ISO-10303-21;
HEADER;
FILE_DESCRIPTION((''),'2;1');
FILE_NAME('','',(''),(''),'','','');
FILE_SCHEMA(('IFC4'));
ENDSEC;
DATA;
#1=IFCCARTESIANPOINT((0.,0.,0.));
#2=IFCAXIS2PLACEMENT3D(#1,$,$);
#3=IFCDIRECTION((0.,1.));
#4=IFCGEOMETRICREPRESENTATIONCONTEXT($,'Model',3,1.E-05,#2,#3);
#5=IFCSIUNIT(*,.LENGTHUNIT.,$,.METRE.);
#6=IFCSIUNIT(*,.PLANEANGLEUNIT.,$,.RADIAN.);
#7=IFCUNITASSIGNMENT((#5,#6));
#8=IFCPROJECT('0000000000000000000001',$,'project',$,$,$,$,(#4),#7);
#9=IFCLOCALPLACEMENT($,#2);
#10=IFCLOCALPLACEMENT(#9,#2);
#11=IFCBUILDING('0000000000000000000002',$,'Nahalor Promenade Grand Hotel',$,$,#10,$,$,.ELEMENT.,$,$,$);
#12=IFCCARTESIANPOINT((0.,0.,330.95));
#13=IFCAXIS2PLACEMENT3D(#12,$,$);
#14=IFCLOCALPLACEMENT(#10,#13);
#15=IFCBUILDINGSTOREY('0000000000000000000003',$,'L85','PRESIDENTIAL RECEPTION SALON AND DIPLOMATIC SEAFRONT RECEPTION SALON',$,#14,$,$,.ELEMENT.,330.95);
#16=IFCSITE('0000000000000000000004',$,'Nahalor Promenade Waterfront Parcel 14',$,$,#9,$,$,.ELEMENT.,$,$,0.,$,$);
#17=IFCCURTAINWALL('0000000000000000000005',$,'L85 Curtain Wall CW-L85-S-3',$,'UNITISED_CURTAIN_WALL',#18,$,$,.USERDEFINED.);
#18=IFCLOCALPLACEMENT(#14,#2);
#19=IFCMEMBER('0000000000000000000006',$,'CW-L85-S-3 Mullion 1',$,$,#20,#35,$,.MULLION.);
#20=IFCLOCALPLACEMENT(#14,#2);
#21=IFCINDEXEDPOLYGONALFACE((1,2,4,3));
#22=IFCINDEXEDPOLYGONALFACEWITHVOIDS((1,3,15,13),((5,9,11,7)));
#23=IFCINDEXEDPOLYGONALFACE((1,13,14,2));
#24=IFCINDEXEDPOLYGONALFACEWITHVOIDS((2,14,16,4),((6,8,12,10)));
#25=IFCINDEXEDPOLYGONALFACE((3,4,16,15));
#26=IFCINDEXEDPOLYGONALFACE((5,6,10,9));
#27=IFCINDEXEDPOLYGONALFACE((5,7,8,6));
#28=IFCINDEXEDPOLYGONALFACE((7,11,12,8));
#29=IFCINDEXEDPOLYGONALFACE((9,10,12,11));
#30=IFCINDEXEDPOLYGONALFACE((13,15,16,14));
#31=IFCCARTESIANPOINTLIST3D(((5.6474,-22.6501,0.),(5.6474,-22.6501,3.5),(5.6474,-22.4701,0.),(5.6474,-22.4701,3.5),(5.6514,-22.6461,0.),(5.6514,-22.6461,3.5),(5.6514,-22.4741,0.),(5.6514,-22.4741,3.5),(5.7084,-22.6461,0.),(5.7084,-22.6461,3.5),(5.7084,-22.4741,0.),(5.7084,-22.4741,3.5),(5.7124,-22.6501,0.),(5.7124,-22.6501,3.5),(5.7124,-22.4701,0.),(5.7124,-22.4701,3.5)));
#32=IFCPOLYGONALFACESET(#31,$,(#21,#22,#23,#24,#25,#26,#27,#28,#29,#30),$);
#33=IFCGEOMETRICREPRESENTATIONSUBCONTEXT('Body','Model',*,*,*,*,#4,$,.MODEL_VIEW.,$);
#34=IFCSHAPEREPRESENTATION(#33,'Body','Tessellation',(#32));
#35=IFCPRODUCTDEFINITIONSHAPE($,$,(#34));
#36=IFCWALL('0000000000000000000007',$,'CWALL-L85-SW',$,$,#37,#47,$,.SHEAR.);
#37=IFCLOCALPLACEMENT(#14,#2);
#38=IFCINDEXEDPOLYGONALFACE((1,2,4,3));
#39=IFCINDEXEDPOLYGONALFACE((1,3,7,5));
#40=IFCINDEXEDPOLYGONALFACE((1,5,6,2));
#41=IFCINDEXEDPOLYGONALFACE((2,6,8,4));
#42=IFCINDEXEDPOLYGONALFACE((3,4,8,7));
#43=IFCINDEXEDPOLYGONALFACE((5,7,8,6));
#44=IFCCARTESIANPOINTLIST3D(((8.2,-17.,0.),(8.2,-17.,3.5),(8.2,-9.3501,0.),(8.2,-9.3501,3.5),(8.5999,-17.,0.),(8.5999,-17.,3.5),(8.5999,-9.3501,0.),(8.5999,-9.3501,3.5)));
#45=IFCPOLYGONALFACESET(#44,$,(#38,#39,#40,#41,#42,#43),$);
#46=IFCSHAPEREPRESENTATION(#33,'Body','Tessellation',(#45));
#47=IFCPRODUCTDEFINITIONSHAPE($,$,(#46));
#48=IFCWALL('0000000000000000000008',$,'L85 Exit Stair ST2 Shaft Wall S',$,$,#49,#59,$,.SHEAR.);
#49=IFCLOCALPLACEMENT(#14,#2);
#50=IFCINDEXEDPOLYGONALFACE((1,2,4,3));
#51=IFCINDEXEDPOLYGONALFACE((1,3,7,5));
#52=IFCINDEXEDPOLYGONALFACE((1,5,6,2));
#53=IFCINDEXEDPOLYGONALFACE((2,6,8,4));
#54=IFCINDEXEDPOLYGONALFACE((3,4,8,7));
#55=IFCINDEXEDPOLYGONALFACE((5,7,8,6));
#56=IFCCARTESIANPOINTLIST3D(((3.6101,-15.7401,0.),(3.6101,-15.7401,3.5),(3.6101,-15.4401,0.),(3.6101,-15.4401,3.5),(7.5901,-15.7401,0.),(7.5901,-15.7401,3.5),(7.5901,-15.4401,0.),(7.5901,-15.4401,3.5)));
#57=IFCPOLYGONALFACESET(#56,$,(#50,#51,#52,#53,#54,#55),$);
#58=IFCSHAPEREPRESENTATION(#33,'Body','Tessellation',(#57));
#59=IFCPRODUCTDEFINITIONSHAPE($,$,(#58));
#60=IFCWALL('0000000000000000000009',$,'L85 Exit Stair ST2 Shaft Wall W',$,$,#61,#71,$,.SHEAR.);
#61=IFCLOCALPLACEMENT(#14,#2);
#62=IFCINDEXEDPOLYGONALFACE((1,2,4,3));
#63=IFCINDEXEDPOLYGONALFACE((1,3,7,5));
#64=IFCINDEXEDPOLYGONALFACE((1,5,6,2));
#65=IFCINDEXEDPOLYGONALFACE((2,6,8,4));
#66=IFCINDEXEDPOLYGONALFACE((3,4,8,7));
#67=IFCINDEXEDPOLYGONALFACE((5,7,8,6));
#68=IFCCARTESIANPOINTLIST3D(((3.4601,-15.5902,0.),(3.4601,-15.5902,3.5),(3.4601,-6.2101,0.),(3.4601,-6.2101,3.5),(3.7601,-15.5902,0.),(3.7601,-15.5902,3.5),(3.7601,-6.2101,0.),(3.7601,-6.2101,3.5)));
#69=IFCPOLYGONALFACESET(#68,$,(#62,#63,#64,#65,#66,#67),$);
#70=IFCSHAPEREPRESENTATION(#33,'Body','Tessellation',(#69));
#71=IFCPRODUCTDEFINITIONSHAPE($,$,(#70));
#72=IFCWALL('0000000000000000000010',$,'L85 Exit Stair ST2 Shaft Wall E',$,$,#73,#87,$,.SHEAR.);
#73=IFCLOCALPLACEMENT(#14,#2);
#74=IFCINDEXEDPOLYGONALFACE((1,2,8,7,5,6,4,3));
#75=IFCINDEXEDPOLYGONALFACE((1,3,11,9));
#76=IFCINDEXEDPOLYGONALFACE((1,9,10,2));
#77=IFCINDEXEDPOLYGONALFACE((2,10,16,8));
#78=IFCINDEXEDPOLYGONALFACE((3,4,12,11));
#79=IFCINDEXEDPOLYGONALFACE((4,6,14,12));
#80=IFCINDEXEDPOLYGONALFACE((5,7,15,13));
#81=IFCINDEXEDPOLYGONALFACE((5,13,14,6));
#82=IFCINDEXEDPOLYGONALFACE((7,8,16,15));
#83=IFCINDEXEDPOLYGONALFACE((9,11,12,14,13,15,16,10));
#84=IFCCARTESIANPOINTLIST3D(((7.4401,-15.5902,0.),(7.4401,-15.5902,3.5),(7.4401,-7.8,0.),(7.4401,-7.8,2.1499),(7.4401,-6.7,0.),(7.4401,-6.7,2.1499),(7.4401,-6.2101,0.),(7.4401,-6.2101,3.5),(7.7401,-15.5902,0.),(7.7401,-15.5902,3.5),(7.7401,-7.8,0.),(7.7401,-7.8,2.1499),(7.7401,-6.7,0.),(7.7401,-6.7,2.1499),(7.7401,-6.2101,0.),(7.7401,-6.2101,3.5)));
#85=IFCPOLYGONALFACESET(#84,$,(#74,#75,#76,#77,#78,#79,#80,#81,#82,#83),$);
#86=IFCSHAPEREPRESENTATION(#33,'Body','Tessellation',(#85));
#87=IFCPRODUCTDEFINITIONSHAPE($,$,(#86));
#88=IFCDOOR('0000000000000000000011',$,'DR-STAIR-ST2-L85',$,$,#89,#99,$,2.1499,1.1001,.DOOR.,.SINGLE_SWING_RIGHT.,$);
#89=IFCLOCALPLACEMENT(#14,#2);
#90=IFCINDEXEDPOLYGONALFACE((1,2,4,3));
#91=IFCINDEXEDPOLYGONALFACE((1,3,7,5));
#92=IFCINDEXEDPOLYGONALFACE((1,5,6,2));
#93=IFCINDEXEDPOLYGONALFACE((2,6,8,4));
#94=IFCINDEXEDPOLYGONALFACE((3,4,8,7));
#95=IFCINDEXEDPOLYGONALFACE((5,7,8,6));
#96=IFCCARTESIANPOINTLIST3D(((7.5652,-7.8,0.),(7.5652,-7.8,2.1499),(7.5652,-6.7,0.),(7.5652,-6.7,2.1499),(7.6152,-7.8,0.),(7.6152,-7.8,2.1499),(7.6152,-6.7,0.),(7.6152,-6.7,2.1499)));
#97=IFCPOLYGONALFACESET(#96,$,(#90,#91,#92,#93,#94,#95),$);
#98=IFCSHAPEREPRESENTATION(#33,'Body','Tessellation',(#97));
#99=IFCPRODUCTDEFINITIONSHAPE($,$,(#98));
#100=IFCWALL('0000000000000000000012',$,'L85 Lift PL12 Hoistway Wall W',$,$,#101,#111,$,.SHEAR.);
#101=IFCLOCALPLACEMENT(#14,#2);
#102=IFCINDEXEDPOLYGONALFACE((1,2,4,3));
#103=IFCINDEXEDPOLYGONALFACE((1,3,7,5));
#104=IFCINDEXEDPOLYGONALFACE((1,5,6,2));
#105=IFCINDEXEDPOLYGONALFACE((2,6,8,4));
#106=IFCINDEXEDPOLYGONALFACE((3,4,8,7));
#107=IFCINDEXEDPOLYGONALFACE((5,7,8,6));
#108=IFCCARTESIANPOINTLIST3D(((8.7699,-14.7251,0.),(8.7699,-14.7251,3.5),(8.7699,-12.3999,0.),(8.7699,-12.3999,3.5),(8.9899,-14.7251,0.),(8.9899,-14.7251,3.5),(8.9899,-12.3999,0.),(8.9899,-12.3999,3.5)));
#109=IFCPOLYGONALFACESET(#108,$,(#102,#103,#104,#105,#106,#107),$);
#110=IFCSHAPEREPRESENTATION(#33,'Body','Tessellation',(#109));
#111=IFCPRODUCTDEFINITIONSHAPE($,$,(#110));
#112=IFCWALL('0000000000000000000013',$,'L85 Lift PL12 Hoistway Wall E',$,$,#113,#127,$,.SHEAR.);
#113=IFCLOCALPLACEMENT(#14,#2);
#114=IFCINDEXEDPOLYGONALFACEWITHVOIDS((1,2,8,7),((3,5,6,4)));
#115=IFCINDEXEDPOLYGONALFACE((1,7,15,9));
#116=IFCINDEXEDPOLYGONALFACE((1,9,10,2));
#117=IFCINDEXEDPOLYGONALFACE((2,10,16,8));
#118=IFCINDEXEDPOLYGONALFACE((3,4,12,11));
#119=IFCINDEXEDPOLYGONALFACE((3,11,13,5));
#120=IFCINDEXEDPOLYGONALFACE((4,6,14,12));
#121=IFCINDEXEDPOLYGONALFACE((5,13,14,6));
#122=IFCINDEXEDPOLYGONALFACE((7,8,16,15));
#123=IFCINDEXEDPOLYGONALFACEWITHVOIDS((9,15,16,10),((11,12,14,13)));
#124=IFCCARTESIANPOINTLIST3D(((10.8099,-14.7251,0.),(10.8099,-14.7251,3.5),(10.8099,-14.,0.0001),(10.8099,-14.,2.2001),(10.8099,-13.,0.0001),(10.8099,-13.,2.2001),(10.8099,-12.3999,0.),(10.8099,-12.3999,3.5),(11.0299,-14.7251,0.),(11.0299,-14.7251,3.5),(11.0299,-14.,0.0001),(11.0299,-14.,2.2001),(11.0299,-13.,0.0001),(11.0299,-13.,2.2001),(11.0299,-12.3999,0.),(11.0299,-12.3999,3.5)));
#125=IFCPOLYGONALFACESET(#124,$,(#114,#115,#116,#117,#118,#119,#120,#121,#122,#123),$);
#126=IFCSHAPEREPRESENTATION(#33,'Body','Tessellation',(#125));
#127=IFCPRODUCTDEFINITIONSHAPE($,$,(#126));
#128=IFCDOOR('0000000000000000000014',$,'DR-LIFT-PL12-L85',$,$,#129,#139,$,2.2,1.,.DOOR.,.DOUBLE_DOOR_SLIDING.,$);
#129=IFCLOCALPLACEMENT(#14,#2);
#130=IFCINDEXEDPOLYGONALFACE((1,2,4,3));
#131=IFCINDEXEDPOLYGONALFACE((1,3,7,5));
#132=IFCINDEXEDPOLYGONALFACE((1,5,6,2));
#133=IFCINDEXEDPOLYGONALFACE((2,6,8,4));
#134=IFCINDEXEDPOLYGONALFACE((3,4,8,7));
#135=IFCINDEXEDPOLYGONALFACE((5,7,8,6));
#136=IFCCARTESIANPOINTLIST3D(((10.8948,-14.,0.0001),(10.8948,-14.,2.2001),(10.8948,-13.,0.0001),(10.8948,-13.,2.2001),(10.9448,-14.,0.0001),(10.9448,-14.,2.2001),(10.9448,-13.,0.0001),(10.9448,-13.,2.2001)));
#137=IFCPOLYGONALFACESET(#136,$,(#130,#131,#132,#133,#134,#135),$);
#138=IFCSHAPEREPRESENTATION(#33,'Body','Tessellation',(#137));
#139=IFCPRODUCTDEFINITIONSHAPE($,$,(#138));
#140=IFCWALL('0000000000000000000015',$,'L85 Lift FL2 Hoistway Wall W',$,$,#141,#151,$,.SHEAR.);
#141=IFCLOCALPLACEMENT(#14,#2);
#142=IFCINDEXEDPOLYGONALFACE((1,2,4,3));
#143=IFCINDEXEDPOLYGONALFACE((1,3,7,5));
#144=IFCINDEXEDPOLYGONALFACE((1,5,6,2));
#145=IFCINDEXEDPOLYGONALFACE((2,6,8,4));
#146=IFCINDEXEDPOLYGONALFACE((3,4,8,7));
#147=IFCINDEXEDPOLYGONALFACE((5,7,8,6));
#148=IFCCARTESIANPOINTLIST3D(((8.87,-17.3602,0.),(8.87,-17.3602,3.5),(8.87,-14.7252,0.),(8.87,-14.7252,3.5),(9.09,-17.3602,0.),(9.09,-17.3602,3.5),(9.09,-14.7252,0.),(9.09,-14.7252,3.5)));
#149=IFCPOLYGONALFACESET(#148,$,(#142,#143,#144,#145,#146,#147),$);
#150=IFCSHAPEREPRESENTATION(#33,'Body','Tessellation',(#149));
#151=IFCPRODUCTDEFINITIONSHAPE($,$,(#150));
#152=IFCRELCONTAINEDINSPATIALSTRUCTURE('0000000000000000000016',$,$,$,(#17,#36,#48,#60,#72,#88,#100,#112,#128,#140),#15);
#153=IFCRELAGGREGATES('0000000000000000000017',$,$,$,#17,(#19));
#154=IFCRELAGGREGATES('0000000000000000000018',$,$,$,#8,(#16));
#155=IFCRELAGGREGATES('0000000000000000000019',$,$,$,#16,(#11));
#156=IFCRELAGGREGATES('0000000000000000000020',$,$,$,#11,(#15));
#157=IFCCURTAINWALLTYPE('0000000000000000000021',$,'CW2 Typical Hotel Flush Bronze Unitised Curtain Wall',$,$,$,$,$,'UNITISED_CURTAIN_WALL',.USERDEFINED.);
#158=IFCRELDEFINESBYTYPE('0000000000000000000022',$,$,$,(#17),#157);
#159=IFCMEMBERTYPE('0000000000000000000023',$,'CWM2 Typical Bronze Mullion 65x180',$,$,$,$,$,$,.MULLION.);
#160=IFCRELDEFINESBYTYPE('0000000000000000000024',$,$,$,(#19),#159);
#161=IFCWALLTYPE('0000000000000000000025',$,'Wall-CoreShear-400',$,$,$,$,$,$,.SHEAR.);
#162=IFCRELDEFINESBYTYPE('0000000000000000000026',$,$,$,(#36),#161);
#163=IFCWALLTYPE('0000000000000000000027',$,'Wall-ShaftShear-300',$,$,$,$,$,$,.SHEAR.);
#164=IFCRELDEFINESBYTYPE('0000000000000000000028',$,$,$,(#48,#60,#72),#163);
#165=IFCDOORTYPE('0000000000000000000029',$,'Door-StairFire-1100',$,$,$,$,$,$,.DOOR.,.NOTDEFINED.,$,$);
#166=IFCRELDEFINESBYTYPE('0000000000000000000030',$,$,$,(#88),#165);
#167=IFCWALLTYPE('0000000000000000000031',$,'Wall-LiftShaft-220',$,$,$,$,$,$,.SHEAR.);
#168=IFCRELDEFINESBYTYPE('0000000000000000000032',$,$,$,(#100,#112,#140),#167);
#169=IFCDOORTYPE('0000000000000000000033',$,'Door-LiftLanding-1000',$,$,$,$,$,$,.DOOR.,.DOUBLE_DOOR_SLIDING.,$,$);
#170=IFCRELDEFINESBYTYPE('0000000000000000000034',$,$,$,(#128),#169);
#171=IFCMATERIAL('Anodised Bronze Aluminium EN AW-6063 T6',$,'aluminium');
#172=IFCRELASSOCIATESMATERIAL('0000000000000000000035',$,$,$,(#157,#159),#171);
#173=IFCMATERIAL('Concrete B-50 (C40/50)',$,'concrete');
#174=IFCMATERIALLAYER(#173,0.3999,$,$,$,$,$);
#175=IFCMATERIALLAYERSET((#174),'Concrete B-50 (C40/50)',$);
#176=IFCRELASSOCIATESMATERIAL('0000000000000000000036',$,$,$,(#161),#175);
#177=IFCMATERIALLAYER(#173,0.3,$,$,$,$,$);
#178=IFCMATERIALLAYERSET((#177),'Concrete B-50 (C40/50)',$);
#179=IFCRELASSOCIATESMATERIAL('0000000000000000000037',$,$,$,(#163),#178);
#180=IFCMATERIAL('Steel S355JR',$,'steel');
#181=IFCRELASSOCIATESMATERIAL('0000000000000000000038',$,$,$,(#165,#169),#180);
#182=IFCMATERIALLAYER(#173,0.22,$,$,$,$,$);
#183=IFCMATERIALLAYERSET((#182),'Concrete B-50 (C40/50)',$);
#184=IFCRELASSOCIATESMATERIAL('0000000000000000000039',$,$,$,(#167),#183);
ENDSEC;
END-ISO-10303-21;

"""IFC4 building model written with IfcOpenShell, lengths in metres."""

from ifc_helpers import new_model, si_unit, direction, frame, frame_2d, origin, origin_2d, place, context, subcontext, project, spatial, rectangle, hollow_rectangle, extrude, source, transform, mapped, material, layer, layer_set, material_profile, profile_set, type_object, element, fill, aggregate, save


model = new_model("IFC4")

# Units and contexts
model_context = context("Model", 3, precision=1e-05, world=origin(), true_north=direction((0.0, 1.0)))
body_context = subcontext(model_context, "Body", "Model", "MODEL_VIEW")
ifc_project = project(units=[si_unit("LENGTHUNIT", "METRE"), si_unit("PLANEANGLEUNIT", "RADIAN")], contexts=[model_context])

# Site, building, storey
site_placement = place(None, origin())
site = spatial("IfcSite", under=ifc_project, at=site_placement, Name="Nahalor Promenade Waterfront Parcel 14", CompositionType="ELEMENT", RefElevation=0.0)
building_placement = place(site_placement, origin())
building = spatial("IfcBuilding", under=site, at=building_placement, Name="Nahalor Promenade Grand Hotel", CompositionType="ELEMENT")
storey_placement = place(building_placement, frame((0.0, 0.0, 330.95)))
storey = spatial("IfcBuildingStorey", under=building, at=storey_placement, Name="L85", Description="PRESIDENTIAL RECEPTION SALON AND DIPLOMATIC SEAFRONT RECEPTION SALON", CompositionType="ELEMENT", Elevation=330.95)

# Shared definitions
ifc_material_1 = material(Name="Concrete B-50 (C40/50)", Category="concrete")
ifc_material_2 = material(Name="Steel S355JR", Category="steel")

# Curtain wall, member
ifc_material_3 = material(Name="Anodised Bronze Aluminium EN AW-6063 T6", Category="aluminium")
curtain_wall_type = type_object("IfcCurtainWallType", Name="CW2 Typical Hotel Flush Bronze Unitised Curtain Wall", ElementType="UNITISED_CURTAIN_WALL", PredefinedType="USERDEFINED", material=ifc_material_3)
curtain_wall_placement = place(storey_placement, origin())
curtain_wall = element("IfcCurtainWall", 1, at=curtain_wall_placement, inside=storey, type_object=curtain_wall_type, Name="L85 Curtain Wall CW-L85-S-3", ObjectType="UNITISED_CURTAIN_WALL", PredefinedType="USERDEFINED")
ifc_material_profile_1 = material_profile(ifc_material_3, hollow_rectangle(XDim=0.065, YDim=0.18, WallThickness=0.004, at=origin_2d()), Name="CWM 65x180x4")
ifc_profile_set_1 = profile_set([ifc_material_profile_1], Name="Anodised Bronze Aluminium EN AW-6063 T6")
member_type_1 = type_object("IfcMemberType", Name="CWM2 Typical Bronze Mullion 65x180", PredefinedType="MULLION", material=ifc_profile_set_1)
shared_shape_1 = source(origin(), body_context, "Body", "SweptSolid", [
    extrude(hollow_rectangle(XDim=0.065, YDim=0.18, WallThickness=0.004, at=origin_2d()), origin(), (0.0, 0.0, 1.0), 3.5),
])
member_1_placement = place(storey_placement, frame((5.6799, -22.5601, 0.0), z_axis=(0.0, 0.0, 1.0), x_axis=(1.0, 0.0, 0.0)))
member_1 = element("IfcMember", 2, at=member_1_placement, type_object=member_type_1, Name="CW-L85-S-3 Mullion 1", PredefinedType="MULLION", context=body_context, shape_type="MappedRepresentation", body=[
    mapped(shared_shape_1, transform((0.0, 0.0, 0.0), scale=1.0)),
])
aggregate(curtain_wall, [member_1])

# Walls
ifc_layer_1 = layer(ifc_material_1, 0.3999)
ifc_layer_set_1 = layer_set([ifc_layer_1], Name="Concrete B-50 (C40/50)")
wall_type_1 = type_object("IfcWallType", Name="Wall-CoreShear-400", PredefinedType="SHEAR", material=ifc_layer_set_1)
shared_shape_2 = source(origin(), body_context, "Body", "SweptSolid", [
    extrude(rectangle(XDim=7.6499, YDim=0.3999, at=frame_2d((3.825, 0.0))), origin(), (0.0, 0.0, 1.0), 3.5),
])
wall_1_placement = place(storey_placement, frame((8.3999, -17.0, 0.0), z_axis=(0.0, 0.0, 1.0), x_axis=(0.0, 1.0, 0.0)))
element("IfcWall", 3, at=wall_1_placement, inside=storey, type_object=wall_type_1, Name="CWALL-L85-SW", PredefinedType="SHEAR", context=body_context, shape_type="MappedRepresentation", body=[
    mapped(shared_shape_2, transform((0.0, 0.0, 0.0), scale=1.0)),
])
ifc_layer_2 = layer(ifc_material_1, 0.3)
ifc_layer_set_2 = layer_set([ifc_layer_2], Name="Concrete B-50 (C40/50)")
wall_type_2 = type_object("IfcWallType", Name="Wall-ShaftShear-300", PredefinedType="SHEAR", material=ifc_layer_set_2)
shared_shape_3 = source(origin(), body_context, "Body", "SweptSolid", [
    extrude(rectangle(XDim=3.98, YDim=0.3, at=frame_2d((1.99, 0.0))), origin(), (0.0, 0.0, 1.0), 3.5),
])
wall_2_placement = place(storey_placement, frame((3.6101, -15.5901, 0.0), z_axis=(0.0, 0.0, 1.0), x_axis=(1.0, 0.0, 0.0)))
element("IfcWall", 4, at=wall_2_placement, inside=storey, type_object=wall_type_2, Name="L85 Exit Stair ST2 Shaft Wall S", PredefinedType="SHEAR", context=body_context, shape_type="MappedRepresentation", body=[
    mapped(shared_shape_3, transform((0.0, 0.0, 0.0), scale=1.0)),
])
shared_shape_4 = source(origin(), body_context, "Body", "SweptSolid", [
    extrude(rectangle(XDim=9.3801, YDim=0.3, at=frame_2d((4.6899, 0.0))), origin(), (0.0, 0.0, 1.0), 3.5),
])
wall_3_placement = place(storey_placement, frame((3.6101, -15.5901, 0.0), z_axis=(0.0, 0.0, 1.0), x_axis=(0.0, 1.0, 0.0)))
element("IfcWall", 5, at=wall_3_placement, inside=storey, type_object=wall_type_2, Name="L85 Exit Stair ST2 Shaft Wall W", PredefinedType="SHEAR", context=body_context, shape_type="MappedRepresentation", body=[
    mapped(shared_shape_4, transform((0.0, 0.0, 0.0), scale=1.0)),
])

# Wall, opening, door
wall_4_placement = place(storey_placement, frame((7.5901, -15.5901, 0.0), z_axis=(0.0, 0.0, 1.0), x_axis=(0.0, 1.0, 0.0)))
wall_4 = element("IfcWall", 6, at=wall_4_placement, inside=storey, type_object=wall_type_2, Name="L85 Exit Stair ST2 Shaft Wall E", PredefinedType="SHEAR", context=body_context, shape_type="MappedRepresentation", body=[
    mapped(shared_shape_4, transform((0.0, 0.0, 0.0), scale=1.0)),
])
opening_1_placement = place(wall_4_placement, frame((7.79, 0.0, 0.0)))
opening_1 = element("IfcOpeningElement", 7, at=opening_1_placement, cuts=wall_4, PredefinedType="OPENING", context=body_context, shape_type="SweptSolid", body=[
    extrude(rectangle(XDim=1.1001, YDim=2.1499, at=frame_2d((0.55, 1.075))), frame((0.0, 0.1599, 0.0), z_axis=(0.0, -1.0, 0.0), x_axis=(1.0, 0.0, 0.0)), (0.0, 0.0, 1.0), 0.3201),
])
door_type_1 = type_object("IfcDoorType", Name="Door-StairFire-1100", OperationType="NOTDEFINED", PredefinedType="DOOR", material=ifc_material_2)
shared_shape_5 = source(origin(), body_context, "Body", "SweptSolid", [
    extrude(rectangle(XDim=1.1001, YDim=2.1499, at=frame_2d((0.55, 1.075))), frame((0.0, 0.0249, 0.0), z_axis=(0.0, -1.0, 0.0), x_axis=(1.0, 0.0, 0.0)), (0.0, 0.0, 1.0), 0.05),
])
door_1_placement = place(opening_1_placement, origin())
door_1 = element("IfcDoor", 8, at=door_1_placement, inside=storey, type_object=door_type_1, Name="DR-STAIR-ST2-L85", OperationType="SINGLE_SWING_RIGHT", OverallHeight=2.1499, OverallWidth=1.1001, PredefinedType="DOOR", context=body_context, shape_type="MappedRepresentation", body=[
    mapped(shared_shape_5, transform((0.0, 0.0, 0.0), scale=1.0)),
])
fill(opening_1, door_1)

# Wall
ifc_layer_3 = layer(ifc_material_1, 0.22)
ifc_layer_set_3 = layer_set([ifc_layer_3], Name="Concrete B-50 (C40/50)")
wall_type_3 = type_object("IfcWallType", Name="Wall-LiftShaft-220", PredefinedType="SHEAR", material=ifc_layer_set_3)
shared_shape_6 = source(origin(), body_context, "Body", "SweptSolid", [
    extrude(rectangle(XDim=2.3252, YDim=0.22, at=frame_2d((1.1626, 0.0))), origin(), (0.0, 0.0, 1.0), 3.5),
])
wall_5_placement = place(storey_placement, frame((8.8799, -14.7251, 0.0), z_axis=(0.0, 0.0, 1.0), x_axis=(0.0, 1.0, 0.0)))
element("IfcWall", 9, at=wall_5_placement, inside=storey, type_object=wall_type_3, Name="L85 Lift PL12 Hoistway Wall W", PredefinedType="SHEAR", context=body_context, shape_type="MappedRepresentation", body=[
    mapped(shared_shape_6, transform((0.0, 0.0, 0.0), scale=1.0)),
])

# Wall, opening, door
wall_6_placement = place(storey_placement, frame((10.9199, -14.7251, 0.0), z_axis=(0.0, 0.0, 1.0), x_axis=(0.0, 1.0, 0.0)))
wall_6 = element("IfcWall", 10, at=wall_6_placement, inside=storey, type_object=wall_type_3, Name="L85 Lift PL12 Hoistway Wall E", PredefinedType="SHEAR", context=body_context, shape_type="MappedRepresentation", body=[
    mapped(shared_shape_6, transform((0.0, 0.0, 0.0), scale=1.0)),
])
opening_2_placement = place(wall_6_placement, frame((0.7251, 0.0, 0.0)))
opening_2 = element("IfcOpeningElement", 11, at=opening_2_placement, cuts=wall_6, PredefinedType="OPENING", context=body_context, shape_type="SweptSolid", body=[
    extrude(rectangle(XDim=1.0, YDim=2.2, at=frame_2d((0.5, 1.1001))), frame((0.0, 0.1199, 0.0), z_axis=(0.0, -1.0, 0.0), x_axis=(1.0, 0.0, 0.0)), (0.0, 0.0, 1.0), 0.24),
])
door_type_2 = type_object("IfcDoorType", Name="Door-LiftLanding-1000", OperationType="DOUBLE_DOOR_SLIDING", PredefinedType="DOOR", material=ifc_material_2)
shared_shape_7 = source(origin(), body_context, "Body", "SweptSolid", [
    extrude(rectangle(XDim=1.0, YDim=2.2, at=frame_2d((0.5, 1.1001))), frame((0.0, 0.0249, 0.0), z_axis=(0.0, -1.0, 0.0), x_axis=(1.0, 0.0, 0.0)), (0.0, 0.0, 1.0), 0.05),
])
door_2_placement = place(opening_2_placement, frame((1.0, 0.0, 0.0), z_axis=(0.0, 0.0, 1.0), x_axis=(-1.0, 0.0, 0.0)))
door_2 = element("IfcDoor", 12, at=door_2_placement, inside=storey, type_object=door_type_2, Name="DR-LIFT-PL12-L85", OperationType="DOUBLE_DOOR_SLIDING", OverallHeight=2.2, OverallWidth=1.0, PredefinedType="DOOR", context=body_context, shape_type="MappedRepresentation", body=[
    mapped(shared_shape_7, transform((0.0, 0.0, 0.0), scale=1.0)),
])
fill(opening_2, door_2)

# Wall
shared_shape_8 = source(origin(), body_context, "Body", "SweptSolid", [
    extrude(rectangle(XDim=2.635, YDim=0.22, at=frame_2d((1.3174, 0.0))), origin(), (0.0, 0.0, 1.0), 3.5),
])
wall_7_placement = place(storey_placement, frame((8.98, -17.3601, 0.0), z_axis=(0.0, 0.0, 1.0), x_axis=(0.0, 1.0, 0.0)))
element("IfcWall", 13, at=wall_7_placement, inside=storey, type_object=wall_type_3, Name="L85 Lift FL2 Hoistway Wall W", PredefinedType="SHEAR", context=body_context, shape_type="MappedRepresentation", body=[
    mapped(shared_shape_8, transform((0.0, 0.0, 0.0), scale=1.0)),
])

save(model, "model.ifc")
